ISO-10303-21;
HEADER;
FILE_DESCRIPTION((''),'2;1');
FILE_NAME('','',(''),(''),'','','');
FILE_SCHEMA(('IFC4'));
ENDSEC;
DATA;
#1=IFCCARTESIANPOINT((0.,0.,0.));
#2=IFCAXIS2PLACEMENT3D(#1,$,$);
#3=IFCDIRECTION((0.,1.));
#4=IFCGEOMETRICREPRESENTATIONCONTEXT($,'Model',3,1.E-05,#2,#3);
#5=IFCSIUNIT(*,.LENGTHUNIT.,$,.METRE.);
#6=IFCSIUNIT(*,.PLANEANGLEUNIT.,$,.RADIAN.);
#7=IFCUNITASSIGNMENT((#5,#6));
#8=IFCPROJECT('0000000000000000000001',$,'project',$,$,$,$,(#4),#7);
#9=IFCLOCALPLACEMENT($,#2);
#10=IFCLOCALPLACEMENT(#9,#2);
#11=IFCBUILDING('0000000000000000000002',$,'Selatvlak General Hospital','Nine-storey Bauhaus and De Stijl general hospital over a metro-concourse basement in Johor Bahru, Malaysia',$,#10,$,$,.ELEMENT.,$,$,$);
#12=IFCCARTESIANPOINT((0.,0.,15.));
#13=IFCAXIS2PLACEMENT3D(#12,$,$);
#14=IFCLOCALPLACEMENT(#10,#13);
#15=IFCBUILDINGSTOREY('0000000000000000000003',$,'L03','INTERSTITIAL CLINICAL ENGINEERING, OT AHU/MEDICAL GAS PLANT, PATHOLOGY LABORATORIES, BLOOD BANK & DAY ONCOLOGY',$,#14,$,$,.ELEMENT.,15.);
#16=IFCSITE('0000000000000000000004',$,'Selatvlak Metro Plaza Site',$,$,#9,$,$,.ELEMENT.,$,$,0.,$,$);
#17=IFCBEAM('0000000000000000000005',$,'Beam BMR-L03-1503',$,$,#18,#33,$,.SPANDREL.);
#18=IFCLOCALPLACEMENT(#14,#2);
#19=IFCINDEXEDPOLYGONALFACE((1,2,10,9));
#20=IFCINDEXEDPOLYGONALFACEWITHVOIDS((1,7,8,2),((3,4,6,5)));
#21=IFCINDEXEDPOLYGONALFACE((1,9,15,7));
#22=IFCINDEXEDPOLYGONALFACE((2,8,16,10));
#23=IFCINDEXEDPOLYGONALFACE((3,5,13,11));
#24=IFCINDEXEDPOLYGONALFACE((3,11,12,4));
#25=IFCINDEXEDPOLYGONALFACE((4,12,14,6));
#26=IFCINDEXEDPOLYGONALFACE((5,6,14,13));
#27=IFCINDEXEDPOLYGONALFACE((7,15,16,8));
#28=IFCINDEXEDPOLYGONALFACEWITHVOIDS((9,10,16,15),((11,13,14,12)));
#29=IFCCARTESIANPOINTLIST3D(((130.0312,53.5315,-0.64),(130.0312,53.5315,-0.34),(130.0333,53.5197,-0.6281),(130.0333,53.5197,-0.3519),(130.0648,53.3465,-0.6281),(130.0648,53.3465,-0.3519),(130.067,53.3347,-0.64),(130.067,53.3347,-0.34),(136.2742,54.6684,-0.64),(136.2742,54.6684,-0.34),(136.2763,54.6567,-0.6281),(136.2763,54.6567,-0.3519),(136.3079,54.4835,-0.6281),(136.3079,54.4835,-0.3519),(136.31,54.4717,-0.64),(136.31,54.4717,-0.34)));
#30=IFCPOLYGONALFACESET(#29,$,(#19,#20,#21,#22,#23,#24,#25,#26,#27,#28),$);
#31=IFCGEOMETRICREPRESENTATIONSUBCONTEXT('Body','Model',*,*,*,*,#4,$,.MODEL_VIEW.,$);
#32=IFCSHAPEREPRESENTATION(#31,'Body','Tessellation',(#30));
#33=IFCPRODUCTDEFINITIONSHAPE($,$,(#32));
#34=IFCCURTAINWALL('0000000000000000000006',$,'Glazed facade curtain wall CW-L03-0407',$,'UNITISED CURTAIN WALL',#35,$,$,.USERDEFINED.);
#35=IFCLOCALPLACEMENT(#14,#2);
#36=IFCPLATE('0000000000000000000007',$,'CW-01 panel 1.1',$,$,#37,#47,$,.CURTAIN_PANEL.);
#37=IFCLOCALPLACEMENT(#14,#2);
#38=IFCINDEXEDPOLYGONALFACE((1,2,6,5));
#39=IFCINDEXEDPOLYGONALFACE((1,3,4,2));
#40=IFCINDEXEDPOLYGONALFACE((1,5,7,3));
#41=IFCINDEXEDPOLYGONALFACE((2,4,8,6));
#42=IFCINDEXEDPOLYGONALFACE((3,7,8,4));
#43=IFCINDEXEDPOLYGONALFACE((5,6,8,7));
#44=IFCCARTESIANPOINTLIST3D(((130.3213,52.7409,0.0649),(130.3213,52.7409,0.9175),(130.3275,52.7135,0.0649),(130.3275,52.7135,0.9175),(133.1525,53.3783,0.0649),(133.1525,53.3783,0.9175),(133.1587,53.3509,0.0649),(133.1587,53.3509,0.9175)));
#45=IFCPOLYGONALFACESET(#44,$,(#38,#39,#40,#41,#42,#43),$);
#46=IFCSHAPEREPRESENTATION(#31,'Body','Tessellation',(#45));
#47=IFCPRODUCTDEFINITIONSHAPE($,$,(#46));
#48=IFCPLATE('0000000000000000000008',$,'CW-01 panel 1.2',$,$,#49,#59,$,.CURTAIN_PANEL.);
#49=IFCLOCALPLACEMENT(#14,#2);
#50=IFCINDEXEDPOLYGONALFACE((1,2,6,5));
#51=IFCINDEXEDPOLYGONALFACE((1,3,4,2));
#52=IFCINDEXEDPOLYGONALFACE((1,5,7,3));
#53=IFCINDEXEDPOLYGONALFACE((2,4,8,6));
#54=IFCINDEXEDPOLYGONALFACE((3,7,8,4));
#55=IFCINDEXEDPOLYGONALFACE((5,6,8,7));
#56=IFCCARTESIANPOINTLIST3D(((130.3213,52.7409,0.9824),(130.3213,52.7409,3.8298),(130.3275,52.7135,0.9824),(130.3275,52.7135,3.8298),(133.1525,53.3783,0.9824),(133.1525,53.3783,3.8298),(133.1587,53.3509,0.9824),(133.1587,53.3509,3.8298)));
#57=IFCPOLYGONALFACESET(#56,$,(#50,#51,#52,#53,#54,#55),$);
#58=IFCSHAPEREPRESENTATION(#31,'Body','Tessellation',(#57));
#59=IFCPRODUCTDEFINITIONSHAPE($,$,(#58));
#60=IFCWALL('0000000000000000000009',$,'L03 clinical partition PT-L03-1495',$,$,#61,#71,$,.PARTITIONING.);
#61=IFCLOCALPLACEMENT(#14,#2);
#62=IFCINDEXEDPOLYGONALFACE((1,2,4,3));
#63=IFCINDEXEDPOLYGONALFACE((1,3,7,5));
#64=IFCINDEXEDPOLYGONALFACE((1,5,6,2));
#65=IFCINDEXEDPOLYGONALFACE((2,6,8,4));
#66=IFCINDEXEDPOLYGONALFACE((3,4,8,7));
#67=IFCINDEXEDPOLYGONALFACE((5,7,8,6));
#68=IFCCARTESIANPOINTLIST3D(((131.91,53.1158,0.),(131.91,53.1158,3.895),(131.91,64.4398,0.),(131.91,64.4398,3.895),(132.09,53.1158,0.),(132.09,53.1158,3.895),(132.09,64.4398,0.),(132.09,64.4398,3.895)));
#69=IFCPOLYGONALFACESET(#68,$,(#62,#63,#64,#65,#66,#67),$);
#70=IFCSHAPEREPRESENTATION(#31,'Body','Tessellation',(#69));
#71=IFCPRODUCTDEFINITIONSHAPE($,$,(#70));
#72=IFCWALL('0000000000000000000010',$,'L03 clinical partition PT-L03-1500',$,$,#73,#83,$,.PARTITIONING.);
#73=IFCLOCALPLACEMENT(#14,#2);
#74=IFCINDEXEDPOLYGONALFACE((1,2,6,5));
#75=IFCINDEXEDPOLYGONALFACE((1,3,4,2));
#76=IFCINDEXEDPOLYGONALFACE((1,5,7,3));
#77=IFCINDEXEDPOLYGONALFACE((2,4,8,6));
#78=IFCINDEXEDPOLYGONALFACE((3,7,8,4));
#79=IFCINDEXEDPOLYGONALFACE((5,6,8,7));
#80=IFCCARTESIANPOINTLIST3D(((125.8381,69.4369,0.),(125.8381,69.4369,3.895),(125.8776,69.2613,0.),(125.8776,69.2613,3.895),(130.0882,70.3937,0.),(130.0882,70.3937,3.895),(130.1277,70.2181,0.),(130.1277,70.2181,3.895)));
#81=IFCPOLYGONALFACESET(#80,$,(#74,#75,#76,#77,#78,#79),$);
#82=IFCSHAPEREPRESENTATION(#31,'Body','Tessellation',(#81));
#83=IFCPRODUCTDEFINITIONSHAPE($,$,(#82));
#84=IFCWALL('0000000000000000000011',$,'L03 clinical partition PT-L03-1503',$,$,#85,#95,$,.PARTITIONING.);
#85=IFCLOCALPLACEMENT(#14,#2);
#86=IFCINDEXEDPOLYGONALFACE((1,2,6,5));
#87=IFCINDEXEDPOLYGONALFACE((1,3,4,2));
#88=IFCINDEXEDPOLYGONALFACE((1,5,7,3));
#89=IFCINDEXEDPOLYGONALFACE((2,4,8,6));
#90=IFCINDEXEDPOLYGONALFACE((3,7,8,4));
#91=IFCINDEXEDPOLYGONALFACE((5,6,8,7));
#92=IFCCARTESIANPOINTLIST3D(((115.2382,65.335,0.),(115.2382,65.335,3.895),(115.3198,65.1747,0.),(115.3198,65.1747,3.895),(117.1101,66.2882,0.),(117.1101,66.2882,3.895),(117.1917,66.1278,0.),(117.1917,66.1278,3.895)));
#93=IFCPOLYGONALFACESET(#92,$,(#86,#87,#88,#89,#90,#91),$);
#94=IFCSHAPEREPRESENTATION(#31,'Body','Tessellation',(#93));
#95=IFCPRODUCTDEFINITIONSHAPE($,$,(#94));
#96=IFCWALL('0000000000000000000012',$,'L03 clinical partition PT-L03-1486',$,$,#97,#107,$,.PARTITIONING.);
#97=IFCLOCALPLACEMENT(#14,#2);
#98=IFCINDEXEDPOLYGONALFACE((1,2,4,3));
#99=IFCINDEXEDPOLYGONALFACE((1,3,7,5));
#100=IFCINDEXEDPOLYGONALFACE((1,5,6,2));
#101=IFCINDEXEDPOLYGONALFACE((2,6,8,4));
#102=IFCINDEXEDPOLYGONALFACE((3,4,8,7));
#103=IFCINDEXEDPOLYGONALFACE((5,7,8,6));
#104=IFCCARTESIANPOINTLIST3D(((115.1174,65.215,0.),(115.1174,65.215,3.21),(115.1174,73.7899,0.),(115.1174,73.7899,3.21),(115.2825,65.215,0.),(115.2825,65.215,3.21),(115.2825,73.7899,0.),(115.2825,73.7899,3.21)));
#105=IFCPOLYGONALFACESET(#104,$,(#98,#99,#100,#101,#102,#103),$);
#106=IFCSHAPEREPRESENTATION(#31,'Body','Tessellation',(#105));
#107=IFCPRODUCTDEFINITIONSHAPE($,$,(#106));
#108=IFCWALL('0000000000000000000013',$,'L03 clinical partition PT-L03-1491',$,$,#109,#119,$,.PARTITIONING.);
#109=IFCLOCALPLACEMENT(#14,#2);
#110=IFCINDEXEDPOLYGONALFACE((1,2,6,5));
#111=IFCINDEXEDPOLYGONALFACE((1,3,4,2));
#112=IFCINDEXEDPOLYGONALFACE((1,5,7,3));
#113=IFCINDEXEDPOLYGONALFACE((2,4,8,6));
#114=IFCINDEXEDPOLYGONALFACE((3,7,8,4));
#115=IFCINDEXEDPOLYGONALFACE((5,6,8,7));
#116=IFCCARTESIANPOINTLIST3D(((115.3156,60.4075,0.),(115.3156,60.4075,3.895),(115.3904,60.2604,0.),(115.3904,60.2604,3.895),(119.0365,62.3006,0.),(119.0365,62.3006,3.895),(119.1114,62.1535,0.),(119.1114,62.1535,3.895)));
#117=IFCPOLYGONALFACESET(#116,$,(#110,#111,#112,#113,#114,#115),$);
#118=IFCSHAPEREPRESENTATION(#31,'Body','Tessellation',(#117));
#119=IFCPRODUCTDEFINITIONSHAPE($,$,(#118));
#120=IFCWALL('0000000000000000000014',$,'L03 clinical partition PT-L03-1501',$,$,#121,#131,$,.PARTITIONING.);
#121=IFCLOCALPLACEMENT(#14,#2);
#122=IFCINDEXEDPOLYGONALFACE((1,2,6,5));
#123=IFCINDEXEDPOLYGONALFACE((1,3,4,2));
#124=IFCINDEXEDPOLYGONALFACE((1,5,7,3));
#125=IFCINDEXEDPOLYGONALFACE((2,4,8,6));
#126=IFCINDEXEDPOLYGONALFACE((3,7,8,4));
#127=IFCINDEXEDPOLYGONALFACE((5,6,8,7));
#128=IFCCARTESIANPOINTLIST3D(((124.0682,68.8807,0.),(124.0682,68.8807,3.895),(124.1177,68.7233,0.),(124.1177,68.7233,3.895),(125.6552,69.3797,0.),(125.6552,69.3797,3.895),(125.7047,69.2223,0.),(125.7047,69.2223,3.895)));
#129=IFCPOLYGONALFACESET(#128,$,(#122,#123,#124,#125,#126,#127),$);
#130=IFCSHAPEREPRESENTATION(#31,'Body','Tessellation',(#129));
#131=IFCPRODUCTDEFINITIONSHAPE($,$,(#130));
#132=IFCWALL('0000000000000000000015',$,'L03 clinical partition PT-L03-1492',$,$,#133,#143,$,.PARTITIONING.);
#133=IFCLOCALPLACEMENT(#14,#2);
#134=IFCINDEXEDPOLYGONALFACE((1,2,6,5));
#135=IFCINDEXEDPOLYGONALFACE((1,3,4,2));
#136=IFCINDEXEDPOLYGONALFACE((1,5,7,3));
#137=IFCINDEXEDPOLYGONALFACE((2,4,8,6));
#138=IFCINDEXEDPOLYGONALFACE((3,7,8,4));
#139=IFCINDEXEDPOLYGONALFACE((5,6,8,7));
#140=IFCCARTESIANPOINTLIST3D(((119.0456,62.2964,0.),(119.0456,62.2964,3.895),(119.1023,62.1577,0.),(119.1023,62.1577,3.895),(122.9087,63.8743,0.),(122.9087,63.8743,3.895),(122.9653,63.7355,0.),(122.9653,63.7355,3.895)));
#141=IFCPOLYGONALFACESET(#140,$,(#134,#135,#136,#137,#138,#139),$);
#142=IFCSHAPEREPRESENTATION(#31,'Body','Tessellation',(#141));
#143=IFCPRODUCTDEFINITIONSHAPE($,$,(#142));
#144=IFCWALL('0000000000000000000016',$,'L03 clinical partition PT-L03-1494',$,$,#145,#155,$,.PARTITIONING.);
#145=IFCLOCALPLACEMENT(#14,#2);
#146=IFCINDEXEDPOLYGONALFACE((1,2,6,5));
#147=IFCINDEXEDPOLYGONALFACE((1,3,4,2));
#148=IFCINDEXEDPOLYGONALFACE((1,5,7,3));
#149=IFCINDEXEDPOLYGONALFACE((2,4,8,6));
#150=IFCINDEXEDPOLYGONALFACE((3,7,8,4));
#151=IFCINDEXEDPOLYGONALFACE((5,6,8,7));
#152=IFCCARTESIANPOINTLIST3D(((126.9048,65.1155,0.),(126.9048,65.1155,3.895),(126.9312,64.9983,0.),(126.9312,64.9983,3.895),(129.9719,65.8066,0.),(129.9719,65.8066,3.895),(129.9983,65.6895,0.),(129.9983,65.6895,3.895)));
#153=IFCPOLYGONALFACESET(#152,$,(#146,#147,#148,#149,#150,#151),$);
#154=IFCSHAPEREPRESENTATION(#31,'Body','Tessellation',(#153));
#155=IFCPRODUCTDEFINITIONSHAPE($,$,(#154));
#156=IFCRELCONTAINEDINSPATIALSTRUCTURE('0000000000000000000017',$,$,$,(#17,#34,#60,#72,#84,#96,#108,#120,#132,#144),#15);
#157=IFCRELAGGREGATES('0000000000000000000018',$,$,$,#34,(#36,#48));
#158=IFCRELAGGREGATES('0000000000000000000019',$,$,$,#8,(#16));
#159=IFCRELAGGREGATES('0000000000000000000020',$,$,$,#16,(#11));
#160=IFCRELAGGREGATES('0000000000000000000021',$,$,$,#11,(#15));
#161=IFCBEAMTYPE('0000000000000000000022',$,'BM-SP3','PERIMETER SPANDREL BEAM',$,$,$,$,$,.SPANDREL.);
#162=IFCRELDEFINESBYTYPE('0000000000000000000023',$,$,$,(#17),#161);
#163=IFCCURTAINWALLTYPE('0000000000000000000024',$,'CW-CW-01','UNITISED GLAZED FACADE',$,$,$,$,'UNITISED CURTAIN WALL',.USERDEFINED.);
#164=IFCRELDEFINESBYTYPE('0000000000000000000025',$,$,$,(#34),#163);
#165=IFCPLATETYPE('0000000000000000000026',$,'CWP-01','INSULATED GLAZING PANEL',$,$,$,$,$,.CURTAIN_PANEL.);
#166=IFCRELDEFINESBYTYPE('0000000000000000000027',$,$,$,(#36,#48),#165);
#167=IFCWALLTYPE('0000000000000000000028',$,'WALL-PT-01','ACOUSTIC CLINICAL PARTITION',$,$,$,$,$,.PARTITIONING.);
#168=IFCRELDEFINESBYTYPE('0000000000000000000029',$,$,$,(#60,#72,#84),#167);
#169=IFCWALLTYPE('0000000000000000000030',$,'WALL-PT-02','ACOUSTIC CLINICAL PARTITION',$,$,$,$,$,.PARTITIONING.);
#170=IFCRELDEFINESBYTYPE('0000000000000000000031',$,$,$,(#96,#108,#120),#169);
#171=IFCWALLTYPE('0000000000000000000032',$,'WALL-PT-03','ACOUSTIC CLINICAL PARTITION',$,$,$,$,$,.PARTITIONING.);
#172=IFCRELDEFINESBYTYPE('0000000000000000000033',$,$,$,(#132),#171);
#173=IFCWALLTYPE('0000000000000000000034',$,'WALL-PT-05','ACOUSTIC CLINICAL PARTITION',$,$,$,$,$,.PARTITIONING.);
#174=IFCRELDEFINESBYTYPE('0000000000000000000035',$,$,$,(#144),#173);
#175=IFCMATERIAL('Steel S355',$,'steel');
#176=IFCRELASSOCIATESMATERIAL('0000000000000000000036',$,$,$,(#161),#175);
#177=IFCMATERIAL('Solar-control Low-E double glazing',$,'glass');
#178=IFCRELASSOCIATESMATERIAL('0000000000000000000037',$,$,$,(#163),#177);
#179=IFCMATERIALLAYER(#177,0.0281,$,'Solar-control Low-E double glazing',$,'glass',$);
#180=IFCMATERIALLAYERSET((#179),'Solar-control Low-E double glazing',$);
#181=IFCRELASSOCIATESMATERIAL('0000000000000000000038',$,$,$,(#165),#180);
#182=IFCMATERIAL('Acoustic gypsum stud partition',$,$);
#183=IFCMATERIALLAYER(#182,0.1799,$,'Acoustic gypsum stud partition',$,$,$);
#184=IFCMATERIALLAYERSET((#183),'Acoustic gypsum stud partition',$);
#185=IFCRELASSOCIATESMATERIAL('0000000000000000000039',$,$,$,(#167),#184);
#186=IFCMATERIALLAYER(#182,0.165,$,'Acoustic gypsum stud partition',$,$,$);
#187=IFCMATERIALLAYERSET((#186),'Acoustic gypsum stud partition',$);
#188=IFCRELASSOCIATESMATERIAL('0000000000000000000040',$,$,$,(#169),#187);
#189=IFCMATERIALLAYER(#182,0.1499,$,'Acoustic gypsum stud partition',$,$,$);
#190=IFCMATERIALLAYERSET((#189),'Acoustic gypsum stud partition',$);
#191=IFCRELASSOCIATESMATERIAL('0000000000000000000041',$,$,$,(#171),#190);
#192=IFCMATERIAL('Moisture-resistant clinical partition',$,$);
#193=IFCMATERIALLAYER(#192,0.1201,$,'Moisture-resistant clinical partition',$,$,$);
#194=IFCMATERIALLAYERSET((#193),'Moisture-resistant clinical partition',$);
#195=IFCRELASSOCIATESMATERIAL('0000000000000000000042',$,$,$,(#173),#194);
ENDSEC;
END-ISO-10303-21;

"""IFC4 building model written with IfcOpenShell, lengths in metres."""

from ifc_helpers import new_model, si_unit, direction, frame, frame_2d, origin, origin_2d, place, context, subcontext, project, spatial, rectangle, hollow_rectangle, extrude, material, layer, layer_set, material_profile, profile_set, type_object, element, aggregate, save


model = new_model("IFC4")

# Units and contexts
model_context = context("Model", 3, precision=1e-05, world=origin(), true_north=direction((0.0, 1.0)))
body_context = subcontext(model_context, "Body", "Model", "MODEL_VIEW")
ifc_project = project(units=[si_unit("LENGTHUNIT", "METRE"), si_unit("PLANEANGLEUNIT", "RADIAN")], contexts=[model_context])

# Site, building, storey
site_placement = place(None, origin())
site = spatial("IfcSite", under=ifc_project, at=site_placement, Name="Selatvlak Metro Plaza Site", CompositionType="ELEMENT", RefElevation=0.0)
building_placement = place(site_placement, origin())
building = spatial("IfcBuilding", under=site, at=building_placement, Name="Selatvlak General Hospital", Description="Nine-storey Bauhaus and De Stijl general hospital over a metro-concourse basement in Johor Bahru, Malaysia", CompositionType="ELEMENT")
storey_placement = place(building_placement, frame((0.0, 0.0, 15.0)))
storey = spatial("IfcBuildingStorey", under=building, at=storey_placement, Name="L03", Description="INTERSTITIAL CLINICAL ENGINEERING, OT AHU/MEDICAL GAS PLANT, PATHOLOGY LABORATORIES, BLOOD BANK & DAY ONCOLOGY", CompositionType="ELEMENT", Elevation=15.0)

# Beam
ifc_material_1 = material(Name="Steel S355", Category="steel")
ifc_material_profile_1 = material_profile(ifc_material_1, hollow_rectangle(XDim=0.2, YDim=0.3, WallThickness=0.012, at=origin_2d()), Name="RHS 300x200x12")
ifc_profile_set_1 = profile_set([ifc_material_profile_1], Name="Steel S355")
beam_type_1 = type_object("IfcBeamType", Name="BM-SP3", Description="PERIMETER SPANDREL BEAM", PredefinedType="SPANDREL", material=ifc_profile_set_1)
beam_1_placement = place(storey_placement, frame((130.0491, 53.4331, -0.49), z_axis=(0.983818, 0.179173, 0.0), x_axis=(-0.179173, 0.983818, 0.0)))
element("IfcBeam", 1, at=beam_1_placement, inside=storey, type_object=beam_type_1, Name="Beam BMR-L03-1503", PredefinedType="SPANDREL", context=body_context, shape_type="SweptSolid", body=[
    extrude(hollow_rectangle(XDim=0.2, YDim=0.3, WallThickness=0.012, at=origin_2d()), origin(), (0.0, 0.0, 1.0), 6.3457),
])

# Curtain wall, plates
ifc_material_2 = material(Name="Solar-control Low-E double glazing", Category="glass")
curtain_wall_type = type_object("IfcCurtainWallType", Name="CW-CW-01", Description="UNITISED GLAZED FACADE", ElementType="UNITISED CURTAIN WALL", PredefinedType="USERDEFINED", material=ifc_material_2)
curtain_wall_placement = place(storey_placement, origin())
curtain_wall = element("IfcCurtainWall", 2, at=curtain_wall_placement, inside=storey, type_object=curtain_wall_type, Name="Glazed facade curtain wall CW-L03-0407", ObjectType="UNITISED CURTAIN WALL", PredefinedType="USERDEFINED")
ifc_layer_1 = layer(ifc_material_2, 0.0281, Name="Solar-control Low-E double glazing", Category="glass")
ifc_layer_set_1 = layer_set([ifc_layer_1], Name="Solar-control Low-E double glazing")
plate_type = type_object("IfcPlateType", Name="CWP-01", Description="INSULATED GLAZING PANEL", PredefinedType="CURTAIN_PANEL", material=ifc_layer_set_1)
plate_1_placement = place(storey_placement, frame((131.74, 53.0459, 0.0649), z_axis=(0.0, 0.0, 1.0), x_axis=(-0.975578, -0.219653, 0.0)))
plate_1 = element("IfcPlate", 3, at=plate_1_placement, type_object=plate_type, Name="CW-01 panel 1.1", PredefinedType="CURTAIN_PANEL", context=body_context, shape_type="SweptSolid", body=[
    extrude(rectangle(XDim=2.9021, YDim=0.0281, at=origin_2d()), origin(), (0.0, 0.0, 1.0), 0.8525),
])
plate_2_placement = place(storey_placement, frame((131.74, 53.0459, 0.9824), z_axis=(0.0, 0.0, 1.0), x_axis=(-0.975578, -0.219653, 0.0)))
plate_2 = element("IfcPlate", 4, at=plate_2_placement, type_object=plate_type, Name="CW-01 panel 1.2", PredefinedType="CURTAIN_PANEL", context=body_context, shape_type="SweptSolid", body=[
    extrude(rectangle(XDim=2.9021, YDim=0.0281, at=origin_2d()), origin(), (0.0, 0.0, 1.0), 2.8474),
])
aggregate(curtain_wall, [plate_1, plate_2])

# Walls
ifc_material_3 = material(Name="Acoustic gypsum stud partition")
ifc_layer_2 = layer(ifc_material_3, 0.1799, Name="Acoustic gypsum stud partition")
ifc_layer_set_2 = layer_set([ifc_layer_2], Name="Acoustic gypsum stud partition")
wall_type_1 = type_object("IfcWallType", Name="WALL-PT-01", Description="ACOUSTIC CLINICAL PARTITION", PredefinedType="PARTITIONING", material=ifc_layer_set_2)
wall_1_placement = place(storey_placement, frame((132.0, 64.4399, 0.0), z_axis=(0.0, 0.0, 1.0), x_axis=(0.0, -1.0, 0.0)))
element("IfcWall", 5, at=wall_1_placement, inside=storey, type_object=wall_type_1, Name="L03 clinical partition PT-L03-1495", PredefinedType="PARTITIONING", context=body_context, shape_type="SweptSolid", body=[
    extrude(rectangle(XDim=11.324, YDim=0.1799, at=frame_2d((5.6621, 0.0))), origin(), (0.0, 0.0, 1.0), 3.895),
])
wall_2_placement = place(storey_placement, frame((130.1079, 70.3059, 0.0), z_axis=(0.0, 0.0, 1.0), x_axis=(-0.975583, -0.21963, 0.0)))
element("IfcWall", 6, at=wall_2_placement, inside=storey, type_object=wall_type_1, Name="L03 clinical partition PT-L03-1500", PredefinedType="PARTITIONING", context=body_context, shape_type="SweptSolid", body=[
    extrude(rectangle(XDim=4.3564, YDim=0.1799, at=frame_2d((2.1782, 0.0))), origin(), (0.0, 0.0, 1.0), 3.895),
])
wall_3_placement = place(storey_placement, frame((117.1509, 66.208, 0.0), z_axis=(0.0, 0.0, 1.0), x_axis=(-0.891126, -0.453757, 0.0)))
element("IfcWall", 7, at=wall_3_placement, inside=storey, type_object=wall_type_1, Name="L03 clinical partition PT-L03-1503", PredefinedType="PARTITIONING", context=body_context, shape_type="SweptSolid", body=[
    extrude(rectangle(XDim=2.1006, YDim=0.1799, at=frame_2d((1.0503, 0.0))), origin(), (0.0, 0.0, 1.0), 3.895),
])
ifc_layer_3 = layer(ifc_material_3, 0.165, Name="Acoustic gypsum stud partition")
ifc_layer_set_3 = layer_set([ifc_layer_3], Name="Acoustic gypsum stud partition")
wall_type_2 = type_object("IfcWallType", Name="WALL-PT-02", Description="ACOUSTIC CLINICAL PARTITION", PredefinedType="PARTITIONING", material=ifc_layer_set_3)
wall_4_placement = place(storey_placement, frame((115.2, 73.79, 0.0), z_axis=(0.0, 0.0, 1.0), x_axis=(0.0, -1.0, 0.0)))
element("IfcWall", 8, at=wall_4_placement, inside=storey, type_object=wall_type_2, Name="L03 clinical partition PT-L03-1486", PredefinedType="PARTITIONING", context=body_context, shape_type="SweptSolid", body=[
    extrude(rectangle(XDim=8.575, YDim=0.165, at=frame_2d((4.2876, 0.0))), origin(), (0.0, 0.0, 1.0), 3.21),
])
wall_5_placement = place(storey_placement, frame((115.353, 60.334, 0.0), z_axis=(0.0, 0.0, 1.0), x_axis=(0.891283, 0.453448, 0.0)))
element("IfcWall", 9, at=wall_5_placement, inside=storey, type_object=wall_type_2, Name="L03 clinical partition PT-L03-1491", PredefinedType="PARTITIONING", context=body_context, shape_type="SweptSolid", body=[
    extrude(rectangle(XDim=4.1748, YDim=0.165, at=frame_2d((2.0874, 0.0))), origin(), (0.0, 0.0, 1.0), 3.895),
])
wall_6_placement = place(storey_placement, frame((125.6799, 69.301, 0.0), z_axis=(0.0, 0.0, 1.0), x_axis=(-0.953946, -0.299979, 0.0)))
element("IfcWall", 10, at=wall_6_placement, inside=storey, type_object=wall_type_2, Name="L03 clinical partition PT-L03-1501", PredefinedType="PARTITIONING", context=body_context, shape_type="SweptSolid", body=[
    extrude(rectangle(XDim=1.6636, YDim=0.165, at=frame_2d((0.8318, 0.0))), origin(), (0.0, 0.0, 1.0), 3.895),
])
ifc_layer_4 = layer(ifc_material_3, 0.1499, Name="Acoustic gypsum stud partition")
ifc_layer_set_4 = layer_set([ifc_layer_4], Name="Acoustic gypsum stud partition")
wall_type_3 = type_object("IfcWallType", Name="WALL-PT-03", Description="ACOUSTIC CLINICAL PARTITION", PredefinedType="PARTITIONING", material=ifc_layer_set_4)
wall_7_placement = place(storey_placement, frame((119.074, 62.2271, 0.0), z_axis=(0.0, 0.0, 1.0), x_axis=(0.925753, 0.378129, 0.0)))
element("IfcWall", 11, at=wall_7_placement, inside=storey, type_object=wall_type_3, Name="L03 clinical partition PT-L03-1492", PredefinedType="PARTITIONING", context=body_context, shape_type="SweptSolid", body=[
    extrude(rectangle(XDim=4.1729, YDim=0.1499, at=frame_2d((2.0864, 0.0))), origin(), (0.0, 0.0, 1.0), 3.895),
])

# Shared definitions
ifc_material_4 = material(Name="Moisture-resistant clinical partition")

# Wall
ifc_layer_5 = layer(ifc_material_4, 0.1201, Name="Moisture-resistant clinical partition")
ifc_layer_set_5 = layer_set([ifc_layer_5], Name="Moisture-resistant clinical partition")
wall_type_4 = type_object("IfcWallType", Name="WALL-PT-05", Description="ACOUSTIC CLINICAL PARTITION", PredefinedType="PARTITIONING", material=ifc_layer_set_5)
wall_8_placement = place(storey_placement, frame((126.918, 65.0569, 0.0), z_axis=(0.0, 0.0, 1.0), x_axis=(0.975538, 0.219832, 0.0)))
element("IfcWall", 12, at=wall_8_placement, inside=storey, type_object=wall_type_4, Name="L03 clinical partition PT-L03-1494", PredefinedType="PARTITIONING", context=body_context, shape_type="SweptSolid", body=[
    extrude(rectangle(XDim=3.144, YDim=0.1201, at=frame_2d((1.572, 0.0))), origin(), (0.0, 0.0, 1.0), 3.895),
])

save(model, "model.ifc")
